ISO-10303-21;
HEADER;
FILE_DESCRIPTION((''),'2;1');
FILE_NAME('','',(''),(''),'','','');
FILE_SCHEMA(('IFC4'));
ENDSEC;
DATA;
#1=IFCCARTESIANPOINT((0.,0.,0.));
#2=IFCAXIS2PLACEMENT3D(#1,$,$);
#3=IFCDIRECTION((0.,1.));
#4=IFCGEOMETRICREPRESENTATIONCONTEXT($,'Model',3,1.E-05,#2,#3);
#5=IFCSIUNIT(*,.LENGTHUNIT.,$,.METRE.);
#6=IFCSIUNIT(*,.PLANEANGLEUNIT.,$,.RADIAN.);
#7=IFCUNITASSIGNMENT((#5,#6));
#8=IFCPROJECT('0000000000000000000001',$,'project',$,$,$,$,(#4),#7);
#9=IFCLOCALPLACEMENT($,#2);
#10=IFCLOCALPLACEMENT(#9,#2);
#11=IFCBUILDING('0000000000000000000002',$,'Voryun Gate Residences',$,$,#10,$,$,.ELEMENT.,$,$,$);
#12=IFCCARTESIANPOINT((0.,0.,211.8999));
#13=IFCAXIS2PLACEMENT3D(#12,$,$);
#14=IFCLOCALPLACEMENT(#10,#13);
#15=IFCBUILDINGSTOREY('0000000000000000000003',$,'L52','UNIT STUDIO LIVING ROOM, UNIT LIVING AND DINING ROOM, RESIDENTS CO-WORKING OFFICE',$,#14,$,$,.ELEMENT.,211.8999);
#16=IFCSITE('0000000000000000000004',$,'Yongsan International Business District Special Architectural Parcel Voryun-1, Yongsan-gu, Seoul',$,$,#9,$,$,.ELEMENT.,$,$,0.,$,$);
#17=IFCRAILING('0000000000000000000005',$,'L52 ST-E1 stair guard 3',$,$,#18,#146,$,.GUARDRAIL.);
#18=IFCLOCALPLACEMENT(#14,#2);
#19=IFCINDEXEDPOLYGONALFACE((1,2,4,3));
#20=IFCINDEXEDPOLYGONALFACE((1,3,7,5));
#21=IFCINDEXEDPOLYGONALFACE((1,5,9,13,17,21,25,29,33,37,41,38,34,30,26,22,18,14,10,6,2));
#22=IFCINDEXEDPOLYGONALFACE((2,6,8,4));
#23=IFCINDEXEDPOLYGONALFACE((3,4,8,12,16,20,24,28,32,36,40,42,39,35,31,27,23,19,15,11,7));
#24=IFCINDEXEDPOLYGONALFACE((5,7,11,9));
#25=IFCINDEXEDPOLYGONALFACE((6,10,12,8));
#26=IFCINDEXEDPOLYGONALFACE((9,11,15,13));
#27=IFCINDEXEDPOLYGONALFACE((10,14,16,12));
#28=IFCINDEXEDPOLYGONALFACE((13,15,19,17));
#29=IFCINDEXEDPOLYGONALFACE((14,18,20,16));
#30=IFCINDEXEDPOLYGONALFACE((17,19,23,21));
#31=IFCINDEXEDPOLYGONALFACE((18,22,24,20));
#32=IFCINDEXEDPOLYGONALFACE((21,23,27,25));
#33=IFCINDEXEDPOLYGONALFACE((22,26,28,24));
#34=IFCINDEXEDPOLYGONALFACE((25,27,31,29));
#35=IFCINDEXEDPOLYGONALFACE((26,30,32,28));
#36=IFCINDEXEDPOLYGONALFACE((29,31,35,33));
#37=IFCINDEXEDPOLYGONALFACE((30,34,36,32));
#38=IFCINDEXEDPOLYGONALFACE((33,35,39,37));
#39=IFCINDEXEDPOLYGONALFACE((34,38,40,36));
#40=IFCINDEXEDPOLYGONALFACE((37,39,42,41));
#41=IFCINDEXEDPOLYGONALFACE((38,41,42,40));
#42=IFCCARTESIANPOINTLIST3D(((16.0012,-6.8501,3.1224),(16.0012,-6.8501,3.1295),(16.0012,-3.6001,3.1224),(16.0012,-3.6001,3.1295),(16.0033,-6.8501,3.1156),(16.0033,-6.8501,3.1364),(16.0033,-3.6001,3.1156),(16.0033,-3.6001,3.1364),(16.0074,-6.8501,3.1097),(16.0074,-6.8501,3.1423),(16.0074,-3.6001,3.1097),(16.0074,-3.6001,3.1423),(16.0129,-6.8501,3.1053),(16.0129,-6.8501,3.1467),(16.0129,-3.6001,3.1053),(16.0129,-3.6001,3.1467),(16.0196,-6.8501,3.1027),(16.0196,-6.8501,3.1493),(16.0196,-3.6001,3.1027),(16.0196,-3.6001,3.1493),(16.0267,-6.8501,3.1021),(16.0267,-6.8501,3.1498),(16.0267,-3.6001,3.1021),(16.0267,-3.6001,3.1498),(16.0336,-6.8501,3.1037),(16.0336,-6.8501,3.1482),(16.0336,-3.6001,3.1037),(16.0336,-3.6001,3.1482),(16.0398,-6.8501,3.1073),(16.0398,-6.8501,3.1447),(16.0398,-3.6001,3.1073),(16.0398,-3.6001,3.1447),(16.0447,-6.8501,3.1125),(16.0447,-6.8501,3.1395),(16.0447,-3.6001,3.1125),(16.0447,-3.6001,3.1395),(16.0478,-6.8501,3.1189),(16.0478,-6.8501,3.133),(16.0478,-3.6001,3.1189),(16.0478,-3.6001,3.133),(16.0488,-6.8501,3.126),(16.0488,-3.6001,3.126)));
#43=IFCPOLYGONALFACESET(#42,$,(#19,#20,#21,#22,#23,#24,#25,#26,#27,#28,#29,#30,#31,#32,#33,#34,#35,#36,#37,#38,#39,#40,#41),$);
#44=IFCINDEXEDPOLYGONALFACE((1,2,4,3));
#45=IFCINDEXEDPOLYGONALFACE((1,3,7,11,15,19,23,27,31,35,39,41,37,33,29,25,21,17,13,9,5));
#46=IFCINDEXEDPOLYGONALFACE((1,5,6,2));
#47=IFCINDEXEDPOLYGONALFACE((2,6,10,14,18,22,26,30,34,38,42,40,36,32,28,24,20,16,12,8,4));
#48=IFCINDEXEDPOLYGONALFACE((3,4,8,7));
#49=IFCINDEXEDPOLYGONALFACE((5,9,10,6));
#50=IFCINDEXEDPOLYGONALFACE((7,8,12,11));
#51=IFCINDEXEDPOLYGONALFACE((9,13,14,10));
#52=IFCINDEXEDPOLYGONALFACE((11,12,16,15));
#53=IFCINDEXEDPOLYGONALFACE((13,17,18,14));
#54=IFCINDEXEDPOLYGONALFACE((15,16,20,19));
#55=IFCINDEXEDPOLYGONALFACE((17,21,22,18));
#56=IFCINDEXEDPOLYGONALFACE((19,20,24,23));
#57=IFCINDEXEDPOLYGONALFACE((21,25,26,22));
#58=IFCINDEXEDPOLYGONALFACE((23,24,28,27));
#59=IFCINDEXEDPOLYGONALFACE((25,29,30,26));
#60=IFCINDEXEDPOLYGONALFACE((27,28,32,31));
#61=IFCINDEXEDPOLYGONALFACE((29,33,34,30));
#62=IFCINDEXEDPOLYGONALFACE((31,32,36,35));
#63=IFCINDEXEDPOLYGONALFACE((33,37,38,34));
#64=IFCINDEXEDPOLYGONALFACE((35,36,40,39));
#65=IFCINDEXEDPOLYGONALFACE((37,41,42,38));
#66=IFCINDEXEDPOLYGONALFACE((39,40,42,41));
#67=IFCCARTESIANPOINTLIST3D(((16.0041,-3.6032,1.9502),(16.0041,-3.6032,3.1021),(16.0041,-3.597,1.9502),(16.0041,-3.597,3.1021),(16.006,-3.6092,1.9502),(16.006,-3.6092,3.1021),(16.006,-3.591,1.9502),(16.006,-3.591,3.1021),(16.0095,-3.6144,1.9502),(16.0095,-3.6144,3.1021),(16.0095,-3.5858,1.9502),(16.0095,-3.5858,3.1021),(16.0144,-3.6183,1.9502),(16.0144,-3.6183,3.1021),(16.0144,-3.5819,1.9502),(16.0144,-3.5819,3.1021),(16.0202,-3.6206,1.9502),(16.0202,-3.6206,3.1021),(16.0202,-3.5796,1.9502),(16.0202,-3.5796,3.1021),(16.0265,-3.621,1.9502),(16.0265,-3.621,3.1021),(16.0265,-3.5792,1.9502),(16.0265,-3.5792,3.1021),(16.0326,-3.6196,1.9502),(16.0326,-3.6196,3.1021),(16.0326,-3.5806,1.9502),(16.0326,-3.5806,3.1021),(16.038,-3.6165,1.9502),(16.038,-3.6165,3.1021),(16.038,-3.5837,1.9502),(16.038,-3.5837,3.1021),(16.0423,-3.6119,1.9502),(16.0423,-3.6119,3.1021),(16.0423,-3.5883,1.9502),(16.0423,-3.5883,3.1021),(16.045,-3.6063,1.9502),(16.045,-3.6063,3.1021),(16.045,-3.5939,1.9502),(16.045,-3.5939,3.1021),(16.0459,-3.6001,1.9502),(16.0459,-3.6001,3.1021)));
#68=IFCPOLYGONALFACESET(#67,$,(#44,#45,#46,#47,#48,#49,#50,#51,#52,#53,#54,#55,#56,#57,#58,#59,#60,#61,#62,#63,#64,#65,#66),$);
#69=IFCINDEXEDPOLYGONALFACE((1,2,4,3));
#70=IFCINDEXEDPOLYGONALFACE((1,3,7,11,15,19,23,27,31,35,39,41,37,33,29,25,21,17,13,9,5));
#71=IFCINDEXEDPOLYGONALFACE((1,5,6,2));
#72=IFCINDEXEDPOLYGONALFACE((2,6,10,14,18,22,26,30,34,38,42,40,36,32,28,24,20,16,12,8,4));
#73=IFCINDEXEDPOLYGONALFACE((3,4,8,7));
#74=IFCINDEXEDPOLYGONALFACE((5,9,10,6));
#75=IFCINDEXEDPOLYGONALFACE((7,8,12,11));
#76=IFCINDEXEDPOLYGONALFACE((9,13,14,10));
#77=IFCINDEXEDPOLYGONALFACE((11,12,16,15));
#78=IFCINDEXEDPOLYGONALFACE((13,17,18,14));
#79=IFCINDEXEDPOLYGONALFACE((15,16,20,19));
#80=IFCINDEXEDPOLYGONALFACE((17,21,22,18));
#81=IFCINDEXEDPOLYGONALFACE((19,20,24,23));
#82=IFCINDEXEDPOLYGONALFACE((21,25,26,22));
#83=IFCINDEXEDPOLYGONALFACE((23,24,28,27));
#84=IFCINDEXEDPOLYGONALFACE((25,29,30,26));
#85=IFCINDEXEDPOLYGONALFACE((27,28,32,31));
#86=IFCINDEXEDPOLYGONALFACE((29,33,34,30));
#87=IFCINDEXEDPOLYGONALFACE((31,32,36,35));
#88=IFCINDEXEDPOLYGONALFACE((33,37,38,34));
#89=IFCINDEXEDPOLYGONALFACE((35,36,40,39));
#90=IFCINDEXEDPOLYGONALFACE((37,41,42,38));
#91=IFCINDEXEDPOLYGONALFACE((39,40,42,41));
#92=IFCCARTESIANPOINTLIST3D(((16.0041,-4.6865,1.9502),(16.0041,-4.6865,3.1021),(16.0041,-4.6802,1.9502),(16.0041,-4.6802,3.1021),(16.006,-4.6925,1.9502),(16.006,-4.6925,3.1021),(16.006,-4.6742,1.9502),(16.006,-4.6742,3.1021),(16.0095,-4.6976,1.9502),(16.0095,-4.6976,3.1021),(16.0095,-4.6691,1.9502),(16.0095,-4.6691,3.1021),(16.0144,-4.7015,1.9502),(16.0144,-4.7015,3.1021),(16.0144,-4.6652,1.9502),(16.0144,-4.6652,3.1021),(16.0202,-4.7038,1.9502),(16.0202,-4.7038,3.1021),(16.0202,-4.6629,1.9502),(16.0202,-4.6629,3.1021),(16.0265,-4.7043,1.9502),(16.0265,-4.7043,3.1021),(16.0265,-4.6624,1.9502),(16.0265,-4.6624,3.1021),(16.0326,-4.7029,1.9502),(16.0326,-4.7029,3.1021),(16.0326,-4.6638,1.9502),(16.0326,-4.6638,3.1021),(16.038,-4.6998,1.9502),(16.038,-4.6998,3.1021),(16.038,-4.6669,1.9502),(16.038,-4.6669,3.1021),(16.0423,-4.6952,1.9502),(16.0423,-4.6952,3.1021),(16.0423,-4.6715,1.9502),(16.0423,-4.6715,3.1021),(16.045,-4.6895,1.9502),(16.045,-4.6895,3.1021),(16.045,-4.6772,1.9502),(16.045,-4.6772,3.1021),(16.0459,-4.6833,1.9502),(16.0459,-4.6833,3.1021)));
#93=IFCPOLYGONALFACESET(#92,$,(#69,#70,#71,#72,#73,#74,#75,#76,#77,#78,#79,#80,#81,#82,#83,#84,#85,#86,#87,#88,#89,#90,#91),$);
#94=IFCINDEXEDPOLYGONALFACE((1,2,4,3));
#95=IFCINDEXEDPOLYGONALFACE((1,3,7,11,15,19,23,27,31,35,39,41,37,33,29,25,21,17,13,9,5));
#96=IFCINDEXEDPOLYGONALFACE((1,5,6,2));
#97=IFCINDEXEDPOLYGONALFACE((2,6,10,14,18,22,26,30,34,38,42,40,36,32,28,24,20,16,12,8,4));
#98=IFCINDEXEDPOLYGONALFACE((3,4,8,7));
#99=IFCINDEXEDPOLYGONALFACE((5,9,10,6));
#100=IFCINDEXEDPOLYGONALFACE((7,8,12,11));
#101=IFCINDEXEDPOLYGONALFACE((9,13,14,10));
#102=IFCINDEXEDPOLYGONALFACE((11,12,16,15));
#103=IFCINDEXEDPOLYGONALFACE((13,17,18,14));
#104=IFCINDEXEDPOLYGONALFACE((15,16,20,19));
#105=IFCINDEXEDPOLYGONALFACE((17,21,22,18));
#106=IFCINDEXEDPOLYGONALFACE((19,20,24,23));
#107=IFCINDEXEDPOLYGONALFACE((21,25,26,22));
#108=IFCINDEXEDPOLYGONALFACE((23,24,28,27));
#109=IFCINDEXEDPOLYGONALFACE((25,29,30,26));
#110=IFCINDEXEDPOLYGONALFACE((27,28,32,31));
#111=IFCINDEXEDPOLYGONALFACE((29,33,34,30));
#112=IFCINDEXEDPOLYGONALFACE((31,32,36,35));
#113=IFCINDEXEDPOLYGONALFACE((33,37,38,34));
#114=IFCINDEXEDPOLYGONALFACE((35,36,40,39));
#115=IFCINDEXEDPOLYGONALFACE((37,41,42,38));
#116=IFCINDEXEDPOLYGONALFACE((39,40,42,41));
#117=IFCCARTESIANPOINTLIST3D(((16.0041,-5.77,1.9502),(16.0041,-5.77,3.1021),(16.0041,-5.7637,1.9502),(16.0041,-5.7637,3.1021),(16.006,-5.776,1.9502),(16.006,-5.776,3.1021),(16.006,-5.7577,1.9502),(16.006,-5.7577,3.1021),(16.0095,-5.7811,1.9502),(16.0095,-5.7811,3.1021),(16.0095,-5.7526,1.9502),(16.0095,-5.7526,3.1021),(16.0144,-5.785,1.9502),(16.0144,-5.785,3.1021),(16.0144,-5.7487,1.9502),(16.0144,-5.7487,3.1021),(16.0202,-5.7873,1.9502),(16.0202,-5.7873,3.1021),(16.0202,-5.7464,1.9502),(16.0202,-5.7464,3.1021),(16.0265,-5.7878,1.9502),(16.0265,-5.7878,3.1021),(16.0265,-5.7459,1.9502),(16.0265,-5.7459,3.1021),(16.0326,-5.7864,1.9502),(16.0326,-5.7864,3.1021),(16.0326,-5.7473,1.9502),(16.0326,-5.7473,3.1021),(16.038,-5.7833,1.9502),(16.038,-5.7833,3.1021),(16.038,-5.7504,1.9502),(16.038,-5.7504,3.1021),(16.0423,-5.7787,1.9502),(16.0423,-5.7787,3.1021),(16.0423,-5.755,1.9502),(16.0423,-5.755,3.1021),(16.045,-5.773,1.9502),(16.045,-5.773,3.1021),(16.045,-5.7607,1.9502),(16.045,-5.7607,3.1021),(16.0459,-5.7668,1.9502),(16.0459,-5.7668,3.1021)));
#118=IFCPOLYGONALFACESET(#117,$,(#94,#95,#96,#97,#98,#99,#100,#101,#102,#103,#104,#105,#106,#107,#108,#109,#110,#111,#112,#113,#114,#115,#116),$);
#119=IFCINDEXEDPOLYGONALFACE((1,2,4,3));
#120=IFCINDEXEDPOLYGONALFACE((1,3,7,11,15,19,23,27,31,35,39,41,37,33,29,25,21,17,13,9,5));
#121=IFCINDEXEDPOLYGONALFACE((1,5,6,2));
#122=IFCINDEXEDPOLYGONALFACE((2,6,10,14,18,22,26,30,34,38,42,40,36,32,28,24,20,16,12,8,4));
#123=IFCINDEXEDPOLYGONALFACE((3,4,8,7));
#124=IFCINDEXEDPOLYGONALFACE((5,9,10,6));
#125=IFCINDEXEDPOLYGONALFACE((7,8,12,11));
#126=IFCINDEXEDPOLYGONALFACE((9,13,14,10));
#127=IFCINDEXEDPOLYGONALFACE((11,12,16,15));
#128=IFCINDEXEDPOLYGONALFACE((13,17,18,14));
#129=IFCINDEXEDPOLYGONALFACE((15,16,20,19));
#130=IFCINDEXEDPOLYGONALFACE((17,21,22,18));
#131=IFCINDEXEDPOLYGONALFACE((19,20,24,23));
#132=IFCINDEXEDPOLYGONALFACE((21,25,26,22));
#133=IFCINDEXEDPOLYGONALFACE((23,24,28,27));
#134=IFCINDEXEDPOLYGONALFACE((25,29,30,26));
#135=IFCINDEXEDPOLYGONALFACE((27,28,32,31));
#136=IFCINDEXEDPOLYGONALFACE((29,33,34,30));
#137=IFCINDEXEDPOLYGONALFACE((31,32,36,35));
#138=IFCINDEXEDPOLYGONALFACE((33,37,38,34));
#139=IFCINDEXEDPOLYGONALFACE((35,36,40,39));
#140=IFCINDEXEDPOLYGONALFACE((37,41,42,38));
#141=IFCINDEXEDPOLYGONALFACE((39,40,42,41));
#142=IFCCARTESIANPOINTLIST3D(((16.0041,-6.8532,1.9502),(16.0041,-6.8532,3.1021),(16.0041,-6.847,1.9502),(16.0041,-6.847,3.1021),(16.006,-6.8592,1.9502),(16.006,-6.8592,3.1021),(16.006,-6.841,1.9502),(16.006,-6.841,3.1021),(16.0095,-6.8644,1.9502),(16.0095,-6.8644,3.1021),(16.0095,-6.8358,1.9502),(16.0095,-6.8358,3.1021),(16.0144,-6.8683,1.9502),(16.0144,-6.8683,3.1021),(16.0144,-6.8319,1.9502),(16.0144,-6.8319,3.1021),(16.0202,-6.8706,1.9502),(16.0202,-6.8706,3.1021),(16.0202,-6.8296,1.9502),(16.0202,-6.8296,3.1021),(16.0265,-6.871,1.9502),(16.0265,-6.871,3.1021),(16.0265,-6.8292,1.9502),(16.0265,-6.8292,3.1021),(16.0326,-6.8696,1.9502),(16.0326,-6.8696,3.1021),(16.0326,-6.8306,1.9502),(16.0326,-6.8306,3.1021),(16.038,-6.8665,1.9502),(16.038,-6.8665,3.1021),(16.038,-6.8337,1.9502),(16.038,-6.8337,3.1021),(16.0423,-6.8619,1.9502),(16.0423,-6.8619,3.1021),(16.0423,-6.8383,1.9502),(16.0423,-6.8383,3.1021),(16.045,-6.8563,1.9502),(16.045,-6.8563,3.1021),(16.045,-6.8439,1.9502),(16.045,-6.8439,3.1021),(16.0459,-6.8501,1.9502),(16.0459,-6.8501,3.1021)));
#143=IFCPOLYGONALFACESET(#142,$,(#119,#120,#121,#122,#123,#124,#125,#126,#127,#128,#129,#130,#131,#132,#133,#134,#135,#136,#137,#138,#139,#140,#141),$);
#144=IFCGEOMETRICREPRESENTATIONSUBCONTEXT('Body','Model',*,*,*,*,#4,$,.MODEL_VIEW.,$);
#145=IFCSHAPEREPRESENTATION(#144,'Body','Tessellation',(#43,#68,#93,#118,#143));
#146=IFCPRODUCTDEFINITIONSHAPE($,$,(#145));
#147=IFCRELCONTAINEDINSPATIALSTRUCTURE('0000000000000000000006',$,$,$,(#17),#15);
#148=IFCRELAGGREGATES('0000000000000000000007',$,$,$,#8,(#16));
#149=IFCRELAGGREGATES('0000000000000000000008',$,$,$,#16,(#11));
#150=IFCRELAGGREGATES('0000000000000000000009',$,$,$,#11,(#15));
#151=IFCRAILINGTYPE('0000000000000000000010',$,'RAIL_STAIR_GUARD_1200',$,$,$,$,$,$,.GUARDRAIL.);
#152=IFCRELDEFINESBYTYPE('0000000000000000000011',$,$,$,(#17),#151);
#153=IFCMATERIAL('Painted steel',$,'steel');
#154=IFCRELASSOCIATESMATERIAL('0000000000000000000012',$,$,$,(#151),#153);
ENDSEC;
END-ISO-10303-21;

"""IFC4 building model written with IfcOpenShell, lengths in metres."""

from ifc_helpers import new_model, si_unit, direction, frame, origin, origin_2d, place, context, subcontext, project, spatial, circle, extrude, material, type_object, element, save


model = new_model("IFC4")

# Units and contexts
model_context = context("Model", 3, precision=1e-05, world=origin(), true_north=direction((0.0, 1.0)))
body_context = subcontext(model_context, "Body", "Model", "MODEL_VIEW")
ifc_project = project(units=[si_unit("LENGTHUNIT", "METRE"), si_unit("PLANEANGLEUNIT", "RADIAN")], contexts=[model_context])

# Site, building, storey
site_placement = place(None, origin())
site = spatial("IfcSite", under=ifc_project, at=site_placement, Name="Yongsan International Business District Special Architectural Parcel Voryun-1, Yongsan-gu, Seoul", CompositionType="ELEMENT", RefElevation=0.0)
building_placement = place(site_placement, origin())
building = spatial("IfcBuilding", under=site, at=building_placement, Name="Voryun Gate Residences", CompositionType="ELEMENT")
storey_placement = place(building_placement, frame((0.0, 0.0, 211.8999)))
storey = spatial("IfcBuildingStorey", under=building, at=storey_placement, Name="L52", Description="UNIT STUDIO LIVING ROOM, UNIT LIVING AND DINING ROOM, RESIDENTS CO-WORKING OFFICE", CompositionType="ELEMENT", Elevation=211.8999)

# Railing
ifc_material_1 = material(Name="Painted steel", Category="steel")
railing_type_1 = type_object("IfcRailingType", Name="RAIL_STAIR_GUARD_1200", PredefinedType="GUARDRAIL", material=ifc_material_1)
for number, where, name in (
    (1, (16.0249, -3.6001, 1.9502), "L52 ST-E1 stair guard 3"),
):
    element("IfcRailing", number, at=place(storey_placement, frame(where)), inside=storey, type_object=railing_type_1, Name=name, PredefinedType="GUARDRAIL", context=body_context, shape_type="SweptSolid", body=[
        extrude(circle(Radius=0.0239, at=origin_2d()), frame((0.0, 0.0, 1.1758), z_axis=(0.0, -1.0, 0.0), x_axis=(1.0, 0.0, 0.0)), (0.0, 0.0, 1.0), 3.25),
        extrude(circle(Radius=0.021, at=origin_2d()), origin(), (0.0, 0.0, 1.0), 1.1519),
        extrude(circle(Radius=0.021, at=origin_2d()), frame((0.0, -1.0833, 0.0)), (0.0, 0.0, 1.0), 1.1519),
        extrude(circle(Radius=0.021, at=origin_2d()), frame((0.0, -2.1667, 0.0)), (0.0, 0.0, 1.0), 1.1519),
        extrude(circle(Radius=0.021, at=origin_2d()), frame((0.0, -3.25, 0.0)), (0.0, 0.0, 1.0), 1.1519),
    ])

save(model, "model.ifc")
